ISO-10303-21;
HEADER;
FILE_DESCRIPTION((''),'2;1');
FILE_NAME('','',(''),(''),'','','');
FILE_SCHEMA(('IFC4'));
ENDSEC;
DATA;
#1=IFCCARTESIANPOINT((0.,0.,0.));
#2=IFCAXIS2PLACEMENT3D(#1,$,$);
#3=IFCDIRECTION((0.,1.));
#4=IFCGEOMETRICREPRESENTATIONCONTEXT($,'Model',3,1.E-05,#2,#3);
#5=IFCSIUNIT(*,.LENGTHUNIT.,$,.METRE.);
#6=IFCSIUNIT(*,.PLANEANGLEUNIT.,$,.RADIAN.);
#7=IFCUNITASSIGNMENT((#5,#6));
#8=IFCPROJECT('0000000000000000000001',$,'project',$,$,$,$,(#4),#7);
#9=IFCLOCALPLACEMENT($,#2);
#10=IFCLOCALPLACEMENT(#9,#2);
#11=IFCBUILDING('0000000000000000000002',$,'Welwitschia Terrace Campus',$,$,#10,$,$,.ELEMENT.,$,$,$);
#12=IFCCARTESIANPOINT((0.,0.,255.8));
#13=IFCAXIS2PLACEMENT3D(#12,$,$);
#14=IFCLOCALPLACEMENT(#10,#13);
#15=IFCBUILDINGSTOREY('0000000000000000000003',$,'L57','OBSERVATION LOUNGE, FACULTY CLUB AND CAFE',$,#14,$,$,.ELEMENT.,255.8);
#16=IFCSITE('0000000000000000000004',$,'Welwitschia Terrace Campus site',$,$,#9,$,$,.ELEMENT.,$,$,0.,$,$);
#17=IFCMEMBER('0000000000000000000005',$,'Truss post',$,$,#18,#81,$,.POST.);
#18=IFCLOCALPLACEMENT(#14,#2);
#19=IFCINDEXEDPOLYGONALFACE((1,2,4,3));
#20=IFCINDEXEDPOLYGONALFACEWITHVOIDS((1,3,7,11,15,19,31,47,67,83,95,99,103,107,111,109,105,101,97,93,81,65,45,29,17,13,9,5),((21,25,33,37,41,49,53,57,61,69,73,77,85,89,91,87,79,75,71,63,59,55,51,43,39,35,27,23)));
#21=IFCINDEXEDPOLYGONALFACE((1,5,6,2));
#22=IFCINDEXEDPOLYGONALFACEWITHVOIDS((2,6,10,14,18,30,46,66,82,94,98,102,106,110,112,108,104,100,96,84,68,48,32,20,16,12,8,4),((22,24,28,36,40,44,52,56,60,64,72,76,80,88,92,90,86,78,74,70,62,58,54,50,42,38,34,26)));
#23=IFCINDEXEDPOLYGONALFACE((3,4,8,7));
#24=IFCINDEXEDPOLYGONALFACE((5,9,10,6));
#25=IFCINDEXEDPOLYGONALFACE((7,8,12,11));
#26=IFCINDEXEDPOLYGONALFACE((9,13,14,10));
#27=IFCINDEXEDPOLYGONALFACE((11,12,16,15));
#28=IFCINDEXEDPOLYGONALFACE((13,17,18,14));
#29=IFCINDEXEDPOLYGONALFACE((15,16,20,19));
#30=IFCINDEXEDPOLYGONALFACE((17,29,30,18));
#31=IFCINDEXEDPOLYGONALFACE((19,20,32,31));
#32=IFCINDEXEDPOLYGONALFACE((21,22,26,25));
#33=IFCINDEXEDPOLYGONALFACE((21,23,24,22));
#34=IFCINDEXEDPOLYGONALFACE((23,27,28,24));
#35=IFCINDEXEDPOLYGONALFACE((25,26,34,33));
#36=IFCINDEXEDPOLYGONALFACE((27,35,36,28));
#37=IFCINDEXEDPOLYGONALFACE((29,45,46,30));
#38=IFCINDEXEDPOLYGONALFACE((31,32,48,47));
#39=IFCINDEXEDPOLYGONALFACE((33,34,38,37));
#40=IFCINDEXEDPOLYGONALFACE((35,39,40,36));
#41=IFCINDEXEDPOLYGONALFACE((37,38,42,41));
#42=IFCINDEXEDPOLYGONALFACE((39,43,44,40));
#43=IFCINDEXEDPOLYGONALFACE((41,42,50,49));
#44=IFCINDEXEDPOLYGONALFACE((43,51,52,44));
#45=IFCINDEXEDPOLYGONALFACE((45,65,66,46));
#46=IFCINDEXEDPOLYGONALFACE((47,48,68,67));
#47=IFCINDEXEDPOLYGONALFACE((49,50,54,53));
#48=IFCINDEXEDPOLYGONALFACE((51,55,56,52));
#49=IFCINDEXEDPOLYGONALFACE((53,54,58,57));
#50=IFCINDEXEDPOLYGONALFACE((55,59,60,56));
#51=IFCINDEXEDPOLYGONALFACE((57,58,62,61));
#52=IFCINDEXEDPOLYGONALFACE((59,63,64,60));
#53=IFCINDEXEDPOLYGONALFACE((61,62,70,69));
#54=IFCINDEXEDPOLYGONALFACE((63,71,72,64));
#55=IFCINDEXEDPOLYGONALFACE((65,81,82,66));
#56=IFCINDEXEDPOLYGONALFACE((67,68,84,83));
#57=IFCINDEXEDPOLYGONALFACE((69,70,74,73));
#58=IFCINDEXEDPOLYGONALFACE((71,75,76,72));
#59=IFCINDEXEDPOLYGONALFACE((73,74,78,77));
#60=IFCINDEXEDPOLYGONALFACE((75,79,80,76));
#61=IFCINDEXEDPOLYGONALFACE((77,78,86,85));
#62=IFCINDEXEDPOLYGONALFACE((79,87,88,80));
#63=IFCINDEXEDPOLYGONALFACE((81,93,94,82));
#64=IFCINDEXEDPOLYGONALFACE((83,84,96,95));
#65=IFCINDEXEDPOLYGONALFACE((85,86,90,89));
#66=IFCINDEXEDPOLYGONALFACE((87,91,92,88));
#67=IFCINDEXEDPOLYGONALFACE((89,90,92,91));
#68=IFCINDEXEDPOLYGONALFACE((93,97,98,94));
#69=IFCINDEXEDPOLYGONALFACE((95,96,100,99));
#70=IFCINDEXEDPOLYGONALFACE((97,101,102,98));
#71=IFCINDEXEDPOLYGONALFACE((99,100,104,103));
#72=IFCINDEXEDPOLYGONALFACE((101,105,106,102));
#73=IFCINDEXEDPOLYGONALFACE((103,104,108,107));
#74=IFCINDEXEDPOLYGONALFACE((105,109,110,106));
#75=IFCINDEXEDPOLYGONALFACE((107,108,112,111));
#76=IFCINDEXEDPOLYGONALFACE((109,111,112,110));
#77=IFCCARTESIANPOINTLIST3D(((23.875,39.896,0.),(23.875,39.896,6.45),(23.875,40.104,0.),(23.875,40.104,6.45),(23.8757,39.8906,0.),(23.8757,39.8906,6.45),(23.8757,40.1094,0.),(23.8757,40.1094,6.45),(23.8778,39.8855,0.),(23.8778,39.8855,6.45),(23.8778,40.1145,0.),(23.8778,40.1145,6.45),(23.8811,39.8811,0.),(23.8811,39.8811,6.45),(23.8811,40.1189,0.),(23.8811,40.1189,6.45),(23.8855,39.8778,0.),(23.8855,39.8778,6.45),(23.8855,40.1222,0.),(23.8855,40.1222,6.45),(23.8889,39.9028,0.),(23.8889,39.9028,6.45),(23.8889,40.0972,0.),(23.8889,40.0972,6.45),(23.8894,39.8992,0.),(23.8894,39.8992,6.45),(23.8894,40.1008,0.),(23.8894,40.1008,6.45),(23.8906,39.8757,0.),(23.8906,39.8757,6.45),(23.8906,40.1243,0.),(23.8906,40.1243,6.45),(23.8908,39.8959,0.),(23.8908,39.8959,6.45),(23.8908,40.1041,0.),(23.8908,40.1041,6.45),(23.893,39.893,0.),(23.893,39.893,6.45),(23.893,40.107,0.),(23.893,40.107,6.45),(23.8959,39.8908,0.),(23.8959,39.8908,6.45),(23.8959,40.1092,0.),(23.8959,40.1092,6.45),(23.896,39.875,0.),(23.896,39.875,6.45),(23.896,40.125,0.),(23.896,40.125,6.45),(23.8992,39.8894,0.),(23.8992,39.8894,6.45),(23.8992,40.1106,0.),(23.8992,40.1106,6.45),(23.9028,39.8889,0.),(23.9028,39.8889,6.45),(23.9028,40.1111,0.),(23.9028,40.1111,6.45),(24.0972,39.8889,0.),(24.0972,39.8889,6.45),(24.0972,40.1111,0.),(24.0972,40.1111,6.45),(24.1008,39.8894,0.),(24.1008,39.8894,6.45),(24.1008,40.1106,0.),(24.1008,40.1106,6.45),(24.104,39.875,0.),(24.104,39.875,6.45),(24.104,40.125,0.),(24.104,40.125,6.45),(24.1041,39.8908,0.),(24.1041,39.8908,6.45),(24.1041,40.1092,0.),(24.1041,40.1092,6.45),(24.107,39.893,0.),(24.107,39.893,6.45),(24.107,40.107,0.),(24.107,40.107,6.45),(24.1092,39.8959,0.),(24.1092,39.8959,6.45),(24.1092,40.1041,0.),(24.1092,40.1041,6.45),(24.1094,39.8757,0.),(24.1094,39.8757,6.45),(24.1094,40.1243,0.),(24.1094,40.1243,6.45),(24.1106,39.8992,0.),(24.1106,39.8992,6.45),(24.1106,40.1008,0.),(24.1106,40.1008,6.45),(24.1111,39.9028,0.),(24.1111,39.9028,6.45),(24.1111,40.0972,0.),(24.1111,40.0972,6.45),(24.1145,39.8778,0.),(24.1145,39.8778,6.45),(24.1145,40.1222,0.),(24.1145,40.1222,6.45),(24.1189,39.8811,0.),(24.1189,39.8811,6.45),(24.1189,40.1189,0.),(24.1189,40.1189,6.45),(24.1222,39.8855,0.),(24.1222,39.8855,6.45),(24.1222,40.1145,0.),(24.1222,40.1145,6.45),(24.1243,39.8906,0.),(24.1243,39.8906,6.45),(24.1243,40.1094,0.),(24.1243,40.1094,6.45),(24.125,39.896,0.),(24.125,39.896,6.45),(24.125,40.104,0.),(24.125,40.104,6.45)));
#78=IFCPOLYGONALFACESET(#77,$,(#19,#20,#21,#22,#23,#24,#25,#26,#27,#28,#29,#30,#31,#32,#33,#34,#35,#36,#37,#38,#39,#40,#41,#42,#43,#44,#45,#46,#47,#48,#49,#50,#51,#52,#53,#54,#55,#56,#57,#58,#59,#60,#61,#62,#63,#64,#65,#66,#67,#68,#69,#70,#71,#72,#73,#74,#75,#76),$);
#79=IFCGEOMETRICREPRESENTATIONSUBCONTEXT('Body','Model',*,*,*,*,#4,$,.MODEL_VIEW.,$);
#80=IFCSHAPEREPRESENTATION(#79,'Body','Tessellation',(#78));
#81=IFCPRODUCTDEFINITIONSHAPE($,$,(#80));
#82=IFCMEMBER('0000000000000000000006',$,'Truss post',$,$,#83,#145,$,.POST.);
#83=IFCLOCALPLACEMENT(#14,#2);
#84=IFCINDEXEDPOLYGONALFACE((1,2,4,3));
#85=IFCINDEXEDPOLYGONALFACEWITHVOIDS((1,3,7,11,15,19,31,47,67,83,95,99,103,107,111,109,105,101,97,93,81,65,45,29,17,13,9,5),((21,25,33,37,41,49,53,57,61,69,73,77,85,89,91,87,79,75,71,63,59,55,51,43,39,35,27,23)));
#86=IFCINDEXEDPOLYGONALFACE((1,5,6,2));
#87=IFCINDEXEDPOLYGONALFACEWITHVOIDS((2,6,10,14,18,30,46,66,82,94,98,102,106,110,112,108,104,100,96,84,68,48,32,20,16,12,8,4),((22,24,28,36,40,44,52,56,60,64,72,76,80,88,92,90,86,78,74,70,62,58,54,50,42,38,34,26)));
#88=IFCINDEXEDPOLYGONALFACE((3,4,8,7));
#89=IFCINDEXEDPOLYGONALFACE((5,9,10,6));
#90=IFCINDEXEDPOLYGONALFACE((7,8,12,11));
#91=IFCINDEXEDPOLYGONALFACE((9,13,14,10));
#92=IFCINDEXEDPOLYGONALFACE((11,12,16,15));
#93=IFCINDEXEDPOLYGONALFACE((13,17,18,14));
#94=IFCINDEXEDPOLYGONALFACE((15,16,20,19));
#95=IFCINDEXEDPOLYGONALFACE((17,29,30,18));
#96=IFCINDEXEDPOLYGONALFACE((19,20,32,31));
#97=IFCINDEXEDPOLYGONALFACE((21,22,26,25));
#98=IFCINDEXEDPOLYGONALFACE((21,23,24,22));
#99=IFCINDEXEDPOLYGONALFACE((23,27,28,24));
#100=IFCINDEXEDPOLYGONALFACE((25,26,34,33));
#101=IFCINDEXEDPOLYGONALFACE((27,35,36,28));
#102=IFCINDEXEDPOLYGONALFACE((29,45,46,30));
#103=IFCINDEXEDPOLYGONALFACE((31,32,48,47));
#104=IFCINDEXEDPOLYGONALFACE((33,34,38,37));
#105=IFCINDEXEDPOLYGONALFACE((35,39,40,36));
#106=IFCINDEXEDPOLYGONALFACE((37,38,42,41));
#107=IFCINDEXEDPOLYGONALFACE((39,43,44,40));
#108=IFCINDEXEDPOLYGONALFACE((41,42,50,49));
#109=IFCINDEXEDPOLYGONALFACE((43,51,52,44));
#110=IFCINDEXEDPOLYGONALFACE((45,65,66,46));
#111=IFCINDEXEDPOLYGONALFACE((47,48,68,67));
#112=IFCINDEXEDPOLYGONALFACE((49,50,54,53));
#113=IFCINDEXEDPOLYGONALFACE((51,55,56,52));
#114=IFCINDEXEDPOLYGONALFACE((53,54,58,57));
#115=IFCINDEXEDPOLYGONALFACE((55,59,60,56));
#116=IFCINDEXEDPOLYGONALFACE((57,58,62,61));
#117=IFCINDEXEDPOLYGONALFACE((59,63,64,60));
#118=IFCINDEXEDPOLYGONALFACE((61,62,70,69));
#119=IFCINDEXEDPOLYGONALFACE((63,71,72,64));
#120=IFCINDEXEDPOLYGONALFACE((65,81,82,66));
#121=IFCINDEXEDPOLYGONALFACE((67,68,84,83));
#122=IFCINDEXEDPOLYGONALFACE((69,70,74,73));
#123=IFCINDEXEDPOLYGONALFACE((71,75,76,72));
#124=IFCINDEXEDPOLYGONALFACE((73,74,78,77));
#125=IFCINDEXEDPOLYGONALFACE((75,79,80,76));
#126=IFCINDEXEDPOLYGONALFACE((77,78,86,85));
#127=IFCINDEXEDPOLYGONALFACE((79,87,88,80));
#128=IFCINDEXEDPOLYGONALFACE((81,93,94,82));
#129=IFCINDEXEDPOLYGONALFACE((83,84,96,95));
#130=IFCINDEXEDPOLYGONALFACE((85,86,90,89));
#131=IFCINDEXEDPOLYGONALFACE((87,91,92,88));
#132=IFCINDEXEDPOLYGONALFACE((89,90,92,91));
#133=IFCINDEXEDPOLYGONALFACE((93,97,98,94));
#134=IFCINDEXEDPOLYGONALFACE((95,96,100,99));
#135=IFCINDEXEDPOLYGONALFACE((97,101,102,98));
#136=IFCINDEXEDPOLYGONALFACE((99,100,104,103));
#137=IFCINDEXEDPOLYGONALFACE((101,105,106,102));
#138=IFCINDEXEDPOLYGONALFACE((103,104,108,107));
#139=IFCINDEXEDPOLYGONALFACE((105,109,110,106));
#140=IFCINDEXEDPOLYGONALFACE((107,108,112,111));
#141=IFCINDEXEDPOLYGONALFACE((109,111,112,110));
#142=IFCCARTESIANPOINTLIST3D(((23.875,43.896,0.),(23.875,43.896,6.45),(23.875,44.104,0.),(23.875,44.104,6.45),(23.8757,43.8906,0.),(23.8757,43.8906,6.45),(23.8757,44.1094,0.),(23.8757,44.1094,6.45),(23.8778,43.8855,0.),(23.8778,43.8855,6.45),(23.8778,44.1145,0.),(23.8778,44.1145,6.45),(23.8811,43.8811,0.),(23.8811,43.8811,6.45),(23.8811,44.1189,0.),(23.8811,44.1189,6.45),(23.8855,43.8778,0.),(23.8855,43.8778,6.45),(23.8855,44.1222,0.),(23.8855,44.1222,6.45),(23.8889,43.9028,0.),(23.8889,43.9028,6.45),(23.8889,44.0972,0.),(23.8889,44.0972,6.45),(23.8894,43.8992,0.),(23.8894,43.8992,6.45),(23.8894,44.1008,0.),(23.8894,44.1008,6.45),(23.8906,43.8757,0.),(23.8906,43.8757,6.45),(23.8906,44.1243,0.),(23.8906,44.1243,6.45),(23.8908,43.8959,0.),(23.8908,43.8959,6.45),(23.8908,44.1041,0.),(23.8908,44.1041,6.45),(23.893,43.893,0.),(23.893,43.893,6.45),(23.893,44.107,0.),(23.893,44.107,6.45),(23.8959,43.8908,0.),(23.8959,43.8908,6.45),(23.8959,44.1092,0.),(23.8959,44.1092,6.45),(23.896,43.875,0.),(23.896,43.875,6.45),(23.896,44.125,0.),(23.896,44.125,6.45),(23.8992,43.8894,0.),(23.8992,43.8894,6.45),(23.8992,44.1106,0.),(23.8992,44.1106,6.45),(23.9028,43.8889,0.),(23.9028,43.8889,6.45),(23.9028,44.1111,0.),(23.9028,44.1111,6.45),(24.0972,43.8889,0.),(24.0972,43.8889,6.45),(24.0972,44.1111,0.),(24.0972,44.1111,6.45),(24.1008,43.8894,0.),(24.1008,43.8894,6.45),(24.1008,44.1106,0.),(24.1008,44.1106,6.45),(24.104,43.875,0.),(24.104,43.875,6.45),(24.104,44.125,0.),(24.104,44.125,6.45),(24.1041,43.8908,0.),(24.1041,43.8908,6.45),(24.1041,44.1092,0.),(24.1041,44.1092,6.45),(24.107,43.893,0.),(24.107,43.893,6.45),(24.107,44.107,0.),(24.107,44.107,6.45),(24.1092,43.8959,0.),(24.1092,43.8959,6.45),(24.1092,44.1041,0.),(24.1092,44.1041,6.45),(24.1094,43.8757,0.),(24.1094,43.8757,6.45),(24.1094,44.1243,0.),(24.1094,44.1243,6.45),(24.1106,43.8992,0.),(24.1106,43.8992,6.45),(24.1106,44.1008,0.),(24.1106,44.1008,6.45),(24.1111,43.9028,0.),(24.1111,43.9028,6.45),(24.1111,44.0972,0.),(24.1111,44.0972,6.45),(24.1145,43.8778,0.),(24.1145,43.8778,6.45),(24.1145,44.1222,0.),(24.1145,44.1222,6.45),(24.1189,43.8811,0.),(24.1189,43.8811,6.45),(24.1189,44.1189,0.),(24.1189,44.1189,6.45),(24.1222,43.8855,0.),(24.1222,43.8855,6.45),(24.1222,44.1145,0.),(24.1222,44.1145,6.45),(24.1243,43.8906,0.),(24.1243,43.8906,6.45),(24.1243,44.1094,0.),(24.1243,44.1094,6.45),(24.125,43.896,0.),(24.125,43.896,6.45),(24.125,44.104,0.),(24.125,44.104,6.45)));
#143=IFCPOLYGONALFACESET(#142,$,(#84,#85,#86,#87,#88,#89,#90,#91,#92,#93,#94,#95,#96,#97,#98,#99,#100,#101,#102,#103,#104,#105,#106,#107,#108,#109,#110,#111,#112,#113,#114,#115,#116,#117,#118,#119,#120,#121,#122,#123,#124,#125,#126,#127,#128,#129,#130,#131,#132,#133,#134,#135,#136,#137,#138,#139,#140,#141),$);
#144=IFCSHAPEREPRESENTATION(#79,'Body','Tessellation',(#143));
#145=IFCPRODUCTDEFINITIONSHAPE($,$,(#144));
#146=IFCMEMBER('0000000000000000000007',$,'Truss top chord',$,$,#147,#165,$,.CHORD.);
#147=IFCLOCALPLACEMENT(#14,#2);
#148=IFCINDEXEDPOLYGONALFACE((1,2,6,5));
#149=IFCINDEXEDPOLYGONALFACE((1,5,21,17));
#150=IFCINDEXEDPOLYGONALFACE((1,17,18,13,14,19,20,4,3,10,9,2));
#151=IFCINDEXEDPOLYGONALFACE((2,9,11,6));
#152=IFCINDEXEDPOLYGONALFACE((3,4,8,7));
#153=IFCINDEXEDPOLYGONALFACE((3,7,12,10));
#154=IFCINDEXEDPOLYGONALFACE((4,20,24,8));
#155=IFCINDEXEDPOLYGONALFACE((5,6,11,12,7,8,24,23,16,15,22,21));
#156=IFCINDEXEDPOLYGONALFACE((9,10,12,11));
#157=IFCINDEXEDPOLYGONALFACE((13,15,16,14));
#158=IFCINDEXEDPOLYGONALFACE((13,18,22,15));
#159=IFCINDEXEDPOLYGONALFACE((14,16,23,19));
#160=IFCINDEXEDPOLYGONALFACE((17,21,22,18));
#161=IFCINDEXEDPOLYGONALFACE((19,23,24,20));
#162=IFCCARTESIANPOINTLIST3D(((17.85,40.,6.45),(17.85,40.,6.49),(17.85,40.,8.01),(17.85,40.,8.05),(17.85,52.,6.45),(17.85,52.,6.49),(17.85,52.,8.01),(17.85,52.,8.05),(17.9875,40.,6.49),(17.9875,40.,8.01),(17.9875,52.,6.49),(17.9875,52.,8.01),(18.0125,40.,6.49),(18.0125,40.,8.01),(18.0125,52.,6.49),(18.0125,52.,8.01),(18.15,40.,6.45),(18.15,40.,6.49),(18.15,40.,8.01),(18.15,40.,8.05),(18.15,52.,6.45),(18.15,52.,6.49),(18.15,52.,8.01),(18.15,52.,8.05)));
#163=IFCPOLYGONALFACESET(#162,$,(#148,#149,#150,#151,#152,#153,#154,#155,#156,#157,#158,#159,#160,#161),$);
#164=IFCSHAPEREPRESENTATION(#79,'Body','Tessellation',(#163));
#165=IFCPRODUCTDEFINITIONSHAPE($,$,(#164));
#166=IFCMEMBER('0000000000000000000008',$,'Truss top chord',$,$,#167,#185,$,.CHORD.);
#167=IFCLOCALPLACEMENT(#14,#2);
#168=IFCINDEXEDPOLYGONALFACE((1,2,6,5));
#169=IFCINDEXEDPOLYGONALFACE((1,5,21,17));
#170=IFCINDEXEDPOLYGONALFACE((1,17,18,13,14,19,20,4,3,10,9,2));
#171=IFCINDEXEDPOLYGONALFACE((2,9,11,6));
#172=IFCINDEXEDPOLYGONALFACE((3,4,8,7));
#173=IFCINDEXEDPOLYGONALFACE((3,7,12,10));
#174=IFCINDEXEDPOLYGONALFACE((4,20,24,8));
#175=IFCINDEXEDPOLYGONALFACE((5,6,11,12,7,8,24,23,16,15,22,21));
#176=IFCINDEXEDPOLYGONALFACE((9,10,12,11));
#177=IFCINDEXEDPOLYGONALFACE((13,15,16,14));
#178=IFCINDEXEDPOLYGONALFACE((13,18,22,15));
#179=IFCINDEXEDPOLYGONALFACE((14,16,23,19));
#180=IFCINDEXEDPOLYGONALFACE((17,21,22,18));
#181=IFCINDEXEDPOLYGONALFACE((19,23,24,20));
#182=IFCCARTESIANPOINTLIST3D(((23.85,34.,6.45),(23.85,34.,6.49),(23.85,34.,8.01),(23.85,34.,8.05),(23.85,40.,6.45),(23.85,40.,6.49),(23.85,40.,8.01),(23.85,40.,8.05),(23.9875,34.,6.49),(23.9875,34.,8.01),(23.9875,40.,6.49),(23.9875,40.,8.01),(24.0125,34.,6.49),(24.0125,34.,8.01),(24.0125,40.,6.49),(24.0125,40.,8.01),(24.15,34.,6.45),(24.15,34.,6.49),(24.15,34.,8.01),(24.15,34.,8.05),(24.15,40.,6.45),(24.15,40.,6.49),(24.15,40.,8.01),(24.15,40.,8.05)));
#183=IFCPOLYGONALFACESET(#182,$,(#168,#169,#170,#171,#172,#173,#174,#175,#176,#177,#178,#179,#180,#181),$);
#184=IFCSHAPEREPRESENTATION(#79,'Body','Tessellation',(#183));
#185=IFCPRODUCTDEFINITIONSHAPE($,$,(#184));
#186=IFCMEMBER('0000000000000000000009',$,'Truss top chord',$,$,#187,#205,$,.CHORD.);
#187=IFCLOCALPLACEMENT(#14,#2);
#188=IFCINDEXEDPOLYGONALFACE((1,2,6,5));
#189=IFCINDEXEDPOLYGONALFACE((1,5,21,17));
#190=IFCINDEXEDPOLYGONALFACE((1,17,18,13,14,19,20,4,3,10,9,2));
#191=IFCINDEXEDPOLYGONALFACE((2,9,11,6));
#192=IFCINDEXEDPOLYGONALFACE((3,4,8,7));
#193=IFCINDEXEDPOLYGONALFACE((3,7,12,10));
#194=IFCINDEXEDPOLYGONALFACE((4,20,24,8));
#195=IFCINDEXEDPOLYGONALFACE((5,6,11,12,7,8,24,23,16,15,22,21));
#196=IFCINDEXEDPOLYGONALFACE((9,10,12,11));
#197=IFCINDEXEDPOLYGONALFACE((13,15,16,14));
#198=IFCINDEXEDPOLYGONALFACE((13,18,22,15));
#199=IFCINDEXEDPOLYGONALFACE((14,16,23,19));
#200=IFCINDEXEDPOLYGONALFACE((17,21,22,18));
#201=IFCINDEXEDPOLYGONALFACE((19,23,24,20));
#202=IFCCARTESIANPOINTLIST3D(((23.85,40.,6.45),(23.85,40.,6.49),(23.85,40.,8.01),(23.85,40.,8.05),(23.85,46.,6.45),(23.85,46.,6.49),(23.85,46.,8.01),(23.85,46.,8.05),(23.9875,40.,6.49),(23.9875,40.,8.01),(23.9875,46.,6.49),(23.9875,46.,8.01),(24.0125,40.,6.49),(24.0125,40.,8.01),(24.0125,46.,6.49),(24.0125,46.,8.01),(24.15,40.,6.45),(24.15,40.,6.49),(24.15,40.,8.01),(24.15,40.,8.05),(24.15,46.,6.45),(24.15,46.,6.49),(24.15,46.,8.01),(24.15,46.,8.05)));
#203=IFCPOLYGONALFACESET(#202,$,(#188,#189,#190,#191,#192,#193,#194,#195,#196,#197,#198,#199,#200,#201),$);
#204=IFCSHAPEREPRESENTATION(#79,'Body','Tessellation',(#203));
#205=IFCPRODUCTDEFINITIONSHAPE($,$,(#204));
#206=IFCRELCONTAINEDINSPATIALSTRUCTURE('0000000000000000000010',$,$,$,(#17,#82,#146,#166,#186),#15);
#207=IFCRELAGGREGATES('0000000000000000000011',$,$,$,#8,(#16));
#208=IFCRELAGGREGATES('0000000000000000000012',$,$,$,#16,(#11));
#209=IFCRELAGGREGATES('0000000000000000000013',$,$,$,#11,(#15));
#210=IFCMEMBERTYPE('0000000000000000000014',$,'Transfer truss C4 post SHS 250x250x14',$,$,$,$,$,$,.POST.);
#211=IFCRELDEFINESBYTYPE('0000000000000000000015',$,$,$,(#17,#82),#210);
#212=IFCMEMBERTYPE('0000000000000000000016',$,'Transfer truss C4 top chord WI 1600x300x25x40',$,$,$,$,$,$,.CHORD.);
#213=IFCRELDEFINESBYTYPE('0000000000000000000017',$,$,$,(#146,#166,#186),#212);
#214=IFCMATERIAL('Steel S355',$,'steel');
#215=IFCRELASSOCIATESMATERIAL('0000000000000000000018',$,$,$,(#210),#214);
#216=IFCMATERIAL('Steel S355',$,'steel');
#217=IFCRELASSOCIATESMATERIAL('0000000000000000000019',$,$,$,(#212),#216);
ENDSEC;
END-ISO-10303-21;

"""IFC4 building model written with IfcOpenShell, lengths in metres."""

from ifc_helpers import new_model, si_unit, direction, frame, origin, origin_2d, place, context, subcontext, project, spatial, hollow_rectangle, i_section, extrude, material, material_profile, profile_set, type_object, element, save


model = new_model("IFC4")

# Units and contexts
model_context = context("Model", 3, precision=1e-05, world=origin(), true_north=direction((0.0, 1.0)))
body_context = subcontext(model_context, "Body", "Model", "MODEL_VIEW")
ifc_project = project(units=[si_unit("LENGTHUNIT", "METRE"), si_unit("PLANEANGLEUNIT", "RADIAN")], contexts=[model_context])

# Site, building, storey
site_placement = place(None, origin())
site = spatial("IfcSite", under=ifc_project, at=site_placement, Name="Welwitschia Terrace Campus site", CompositionType="ELEMENT", RefElevation=0.0)
building_placement = place(site_placement, origin())
building = spatial("IfcBuilding", under=site, at=building_placement, Name="Welwitschia Terrace Campus", CompositionType="ELEMENT")
storey_placement = place(building_placement, frame((0.0, 0.0, 255.8)))
storey = spatial("IfcBuildingStorey", under=building, at=storey_placement, Name="L57", Description="OBSERVATION LOUNGE, FACULTY CLUB AND CAFE", CompositionType="ELEMENT", Elevation=255.8)

# Members
ifc_material_1 = material(Name="Steel S355", Category="steel")
ifc_material_profile_1 = material_profile(ifc_material_1, hollow_rectangle(XDim=0.25, YDim=0.25, WallThickness=0.0139, InnerFilletRadius=0.0139, OuterFilletRadius=0.021, at=origin_2d()))
ifc_profile_set_1 = profile_set([ifc_material_profile_1], Name="Steel S355")
member_type_1 = type_object("IfcMemberType", Name="Transfer truss C4 post SHS 250x250x14", PredefinedType="POST", material=ifc_profile_set_1)
for number, where, z_axis, x_axis, name in (
    (1, (24.0, 40.0, 0.0), (0.0, 0.0, 1.0), (1.0, 0.0, 0.0), "Truss post"),
    (2, (24.0, 44.0, 0.0), (0.0, 0.0, 1.0), (1.0, 0.0, 0.0), "Truss post"),
):
    element("IfcMember", number, at=place(storey_placement, frame(where, z_axis=z_axis, x_axis=x_axis)), inside=storey, type_object=member_type_1, Name=name, PredefinedType="POST", context=body_context, shape_type="SweptSolid", body=[
        extrude(hollow_rectangle(XDim=0.25, YDim=0.25, WallThickness=0.0139, InnerFilletRadius=0.0139, OuterFilletRadius=0.021, at=origin_2d()), origin(), (0.0, 0.0, 1.0), 6.45),
    ])
ifc_material_2 = material(Name="Steel S355", Category="steel")
ifc_material_profile_2 = material_profile(ifc_material_2, i_section(OverallWidth=0.3, OverallDepth=1.6001, WebThickness=0.0249, FlangeThickness=0.04, at=origin_2d()))
ifc_profile_set_2 = profile_set([ifc_material_profile_2], Name="Steel S355")
member_type_2 = type_object("IfcMemberType", Name="Transfer truss C4 top chord WI 1600x300x25x40", PredefinedType="CHORD", material=ifc_profile_set_2)
member_1_placement = place(storey_placement, frame((18.0, 40.0, 7.25), z_axis=(0.0, 1.0, 0.0), x_axis=(-1.0, 0.0, 0.0)))
element("IfcMember", 3, at=member_1_placement, inside=storey, type_object=member_type_2, Name="Truss top chord", PredefinedType="CHORD", context=body_context, shape_type="SweptSolid", body=[
    extrude(i_section(OverallWidth=0.3, OverallDepth=1.6001, WebThickness=0.0249, FlangeThickness=0.04, at=origin_2d()), origin(), (0.0, 0.0, 1.0), 12.0),
])
for number, where, z_axis, x_axis, name in (
    (4, (24.0, 34.0, 7.25), (0.0, 1.0, 0.0), (-1.0, 0.0, 0.0), "Truss top chord"),
    (5, (24.0, 40.0, 7.25), (0.0, 1.0, 0.0), (-1.0, 0.0, 0.0), "Truss top chord"),
):
    element("IfcMember", number, at=place(storey_placement, frame(where, z_axis=z_axis, x_axis=x_axis)), inside=storey, type_object=member_type_2, Name=name, PredefinedType="CHORD", context=body_context, shape_type="SweptSolid", body=[
        extrude(i_section(OverallWidth=0.3, OverallDepth=1.6001, WebThickness=0.0249, FlangeThickness=0.04, at=origin_2d()), origin(), (0.0, 0.0, 1.0), 6.0),
    ])

save(model, "model.ifc")
